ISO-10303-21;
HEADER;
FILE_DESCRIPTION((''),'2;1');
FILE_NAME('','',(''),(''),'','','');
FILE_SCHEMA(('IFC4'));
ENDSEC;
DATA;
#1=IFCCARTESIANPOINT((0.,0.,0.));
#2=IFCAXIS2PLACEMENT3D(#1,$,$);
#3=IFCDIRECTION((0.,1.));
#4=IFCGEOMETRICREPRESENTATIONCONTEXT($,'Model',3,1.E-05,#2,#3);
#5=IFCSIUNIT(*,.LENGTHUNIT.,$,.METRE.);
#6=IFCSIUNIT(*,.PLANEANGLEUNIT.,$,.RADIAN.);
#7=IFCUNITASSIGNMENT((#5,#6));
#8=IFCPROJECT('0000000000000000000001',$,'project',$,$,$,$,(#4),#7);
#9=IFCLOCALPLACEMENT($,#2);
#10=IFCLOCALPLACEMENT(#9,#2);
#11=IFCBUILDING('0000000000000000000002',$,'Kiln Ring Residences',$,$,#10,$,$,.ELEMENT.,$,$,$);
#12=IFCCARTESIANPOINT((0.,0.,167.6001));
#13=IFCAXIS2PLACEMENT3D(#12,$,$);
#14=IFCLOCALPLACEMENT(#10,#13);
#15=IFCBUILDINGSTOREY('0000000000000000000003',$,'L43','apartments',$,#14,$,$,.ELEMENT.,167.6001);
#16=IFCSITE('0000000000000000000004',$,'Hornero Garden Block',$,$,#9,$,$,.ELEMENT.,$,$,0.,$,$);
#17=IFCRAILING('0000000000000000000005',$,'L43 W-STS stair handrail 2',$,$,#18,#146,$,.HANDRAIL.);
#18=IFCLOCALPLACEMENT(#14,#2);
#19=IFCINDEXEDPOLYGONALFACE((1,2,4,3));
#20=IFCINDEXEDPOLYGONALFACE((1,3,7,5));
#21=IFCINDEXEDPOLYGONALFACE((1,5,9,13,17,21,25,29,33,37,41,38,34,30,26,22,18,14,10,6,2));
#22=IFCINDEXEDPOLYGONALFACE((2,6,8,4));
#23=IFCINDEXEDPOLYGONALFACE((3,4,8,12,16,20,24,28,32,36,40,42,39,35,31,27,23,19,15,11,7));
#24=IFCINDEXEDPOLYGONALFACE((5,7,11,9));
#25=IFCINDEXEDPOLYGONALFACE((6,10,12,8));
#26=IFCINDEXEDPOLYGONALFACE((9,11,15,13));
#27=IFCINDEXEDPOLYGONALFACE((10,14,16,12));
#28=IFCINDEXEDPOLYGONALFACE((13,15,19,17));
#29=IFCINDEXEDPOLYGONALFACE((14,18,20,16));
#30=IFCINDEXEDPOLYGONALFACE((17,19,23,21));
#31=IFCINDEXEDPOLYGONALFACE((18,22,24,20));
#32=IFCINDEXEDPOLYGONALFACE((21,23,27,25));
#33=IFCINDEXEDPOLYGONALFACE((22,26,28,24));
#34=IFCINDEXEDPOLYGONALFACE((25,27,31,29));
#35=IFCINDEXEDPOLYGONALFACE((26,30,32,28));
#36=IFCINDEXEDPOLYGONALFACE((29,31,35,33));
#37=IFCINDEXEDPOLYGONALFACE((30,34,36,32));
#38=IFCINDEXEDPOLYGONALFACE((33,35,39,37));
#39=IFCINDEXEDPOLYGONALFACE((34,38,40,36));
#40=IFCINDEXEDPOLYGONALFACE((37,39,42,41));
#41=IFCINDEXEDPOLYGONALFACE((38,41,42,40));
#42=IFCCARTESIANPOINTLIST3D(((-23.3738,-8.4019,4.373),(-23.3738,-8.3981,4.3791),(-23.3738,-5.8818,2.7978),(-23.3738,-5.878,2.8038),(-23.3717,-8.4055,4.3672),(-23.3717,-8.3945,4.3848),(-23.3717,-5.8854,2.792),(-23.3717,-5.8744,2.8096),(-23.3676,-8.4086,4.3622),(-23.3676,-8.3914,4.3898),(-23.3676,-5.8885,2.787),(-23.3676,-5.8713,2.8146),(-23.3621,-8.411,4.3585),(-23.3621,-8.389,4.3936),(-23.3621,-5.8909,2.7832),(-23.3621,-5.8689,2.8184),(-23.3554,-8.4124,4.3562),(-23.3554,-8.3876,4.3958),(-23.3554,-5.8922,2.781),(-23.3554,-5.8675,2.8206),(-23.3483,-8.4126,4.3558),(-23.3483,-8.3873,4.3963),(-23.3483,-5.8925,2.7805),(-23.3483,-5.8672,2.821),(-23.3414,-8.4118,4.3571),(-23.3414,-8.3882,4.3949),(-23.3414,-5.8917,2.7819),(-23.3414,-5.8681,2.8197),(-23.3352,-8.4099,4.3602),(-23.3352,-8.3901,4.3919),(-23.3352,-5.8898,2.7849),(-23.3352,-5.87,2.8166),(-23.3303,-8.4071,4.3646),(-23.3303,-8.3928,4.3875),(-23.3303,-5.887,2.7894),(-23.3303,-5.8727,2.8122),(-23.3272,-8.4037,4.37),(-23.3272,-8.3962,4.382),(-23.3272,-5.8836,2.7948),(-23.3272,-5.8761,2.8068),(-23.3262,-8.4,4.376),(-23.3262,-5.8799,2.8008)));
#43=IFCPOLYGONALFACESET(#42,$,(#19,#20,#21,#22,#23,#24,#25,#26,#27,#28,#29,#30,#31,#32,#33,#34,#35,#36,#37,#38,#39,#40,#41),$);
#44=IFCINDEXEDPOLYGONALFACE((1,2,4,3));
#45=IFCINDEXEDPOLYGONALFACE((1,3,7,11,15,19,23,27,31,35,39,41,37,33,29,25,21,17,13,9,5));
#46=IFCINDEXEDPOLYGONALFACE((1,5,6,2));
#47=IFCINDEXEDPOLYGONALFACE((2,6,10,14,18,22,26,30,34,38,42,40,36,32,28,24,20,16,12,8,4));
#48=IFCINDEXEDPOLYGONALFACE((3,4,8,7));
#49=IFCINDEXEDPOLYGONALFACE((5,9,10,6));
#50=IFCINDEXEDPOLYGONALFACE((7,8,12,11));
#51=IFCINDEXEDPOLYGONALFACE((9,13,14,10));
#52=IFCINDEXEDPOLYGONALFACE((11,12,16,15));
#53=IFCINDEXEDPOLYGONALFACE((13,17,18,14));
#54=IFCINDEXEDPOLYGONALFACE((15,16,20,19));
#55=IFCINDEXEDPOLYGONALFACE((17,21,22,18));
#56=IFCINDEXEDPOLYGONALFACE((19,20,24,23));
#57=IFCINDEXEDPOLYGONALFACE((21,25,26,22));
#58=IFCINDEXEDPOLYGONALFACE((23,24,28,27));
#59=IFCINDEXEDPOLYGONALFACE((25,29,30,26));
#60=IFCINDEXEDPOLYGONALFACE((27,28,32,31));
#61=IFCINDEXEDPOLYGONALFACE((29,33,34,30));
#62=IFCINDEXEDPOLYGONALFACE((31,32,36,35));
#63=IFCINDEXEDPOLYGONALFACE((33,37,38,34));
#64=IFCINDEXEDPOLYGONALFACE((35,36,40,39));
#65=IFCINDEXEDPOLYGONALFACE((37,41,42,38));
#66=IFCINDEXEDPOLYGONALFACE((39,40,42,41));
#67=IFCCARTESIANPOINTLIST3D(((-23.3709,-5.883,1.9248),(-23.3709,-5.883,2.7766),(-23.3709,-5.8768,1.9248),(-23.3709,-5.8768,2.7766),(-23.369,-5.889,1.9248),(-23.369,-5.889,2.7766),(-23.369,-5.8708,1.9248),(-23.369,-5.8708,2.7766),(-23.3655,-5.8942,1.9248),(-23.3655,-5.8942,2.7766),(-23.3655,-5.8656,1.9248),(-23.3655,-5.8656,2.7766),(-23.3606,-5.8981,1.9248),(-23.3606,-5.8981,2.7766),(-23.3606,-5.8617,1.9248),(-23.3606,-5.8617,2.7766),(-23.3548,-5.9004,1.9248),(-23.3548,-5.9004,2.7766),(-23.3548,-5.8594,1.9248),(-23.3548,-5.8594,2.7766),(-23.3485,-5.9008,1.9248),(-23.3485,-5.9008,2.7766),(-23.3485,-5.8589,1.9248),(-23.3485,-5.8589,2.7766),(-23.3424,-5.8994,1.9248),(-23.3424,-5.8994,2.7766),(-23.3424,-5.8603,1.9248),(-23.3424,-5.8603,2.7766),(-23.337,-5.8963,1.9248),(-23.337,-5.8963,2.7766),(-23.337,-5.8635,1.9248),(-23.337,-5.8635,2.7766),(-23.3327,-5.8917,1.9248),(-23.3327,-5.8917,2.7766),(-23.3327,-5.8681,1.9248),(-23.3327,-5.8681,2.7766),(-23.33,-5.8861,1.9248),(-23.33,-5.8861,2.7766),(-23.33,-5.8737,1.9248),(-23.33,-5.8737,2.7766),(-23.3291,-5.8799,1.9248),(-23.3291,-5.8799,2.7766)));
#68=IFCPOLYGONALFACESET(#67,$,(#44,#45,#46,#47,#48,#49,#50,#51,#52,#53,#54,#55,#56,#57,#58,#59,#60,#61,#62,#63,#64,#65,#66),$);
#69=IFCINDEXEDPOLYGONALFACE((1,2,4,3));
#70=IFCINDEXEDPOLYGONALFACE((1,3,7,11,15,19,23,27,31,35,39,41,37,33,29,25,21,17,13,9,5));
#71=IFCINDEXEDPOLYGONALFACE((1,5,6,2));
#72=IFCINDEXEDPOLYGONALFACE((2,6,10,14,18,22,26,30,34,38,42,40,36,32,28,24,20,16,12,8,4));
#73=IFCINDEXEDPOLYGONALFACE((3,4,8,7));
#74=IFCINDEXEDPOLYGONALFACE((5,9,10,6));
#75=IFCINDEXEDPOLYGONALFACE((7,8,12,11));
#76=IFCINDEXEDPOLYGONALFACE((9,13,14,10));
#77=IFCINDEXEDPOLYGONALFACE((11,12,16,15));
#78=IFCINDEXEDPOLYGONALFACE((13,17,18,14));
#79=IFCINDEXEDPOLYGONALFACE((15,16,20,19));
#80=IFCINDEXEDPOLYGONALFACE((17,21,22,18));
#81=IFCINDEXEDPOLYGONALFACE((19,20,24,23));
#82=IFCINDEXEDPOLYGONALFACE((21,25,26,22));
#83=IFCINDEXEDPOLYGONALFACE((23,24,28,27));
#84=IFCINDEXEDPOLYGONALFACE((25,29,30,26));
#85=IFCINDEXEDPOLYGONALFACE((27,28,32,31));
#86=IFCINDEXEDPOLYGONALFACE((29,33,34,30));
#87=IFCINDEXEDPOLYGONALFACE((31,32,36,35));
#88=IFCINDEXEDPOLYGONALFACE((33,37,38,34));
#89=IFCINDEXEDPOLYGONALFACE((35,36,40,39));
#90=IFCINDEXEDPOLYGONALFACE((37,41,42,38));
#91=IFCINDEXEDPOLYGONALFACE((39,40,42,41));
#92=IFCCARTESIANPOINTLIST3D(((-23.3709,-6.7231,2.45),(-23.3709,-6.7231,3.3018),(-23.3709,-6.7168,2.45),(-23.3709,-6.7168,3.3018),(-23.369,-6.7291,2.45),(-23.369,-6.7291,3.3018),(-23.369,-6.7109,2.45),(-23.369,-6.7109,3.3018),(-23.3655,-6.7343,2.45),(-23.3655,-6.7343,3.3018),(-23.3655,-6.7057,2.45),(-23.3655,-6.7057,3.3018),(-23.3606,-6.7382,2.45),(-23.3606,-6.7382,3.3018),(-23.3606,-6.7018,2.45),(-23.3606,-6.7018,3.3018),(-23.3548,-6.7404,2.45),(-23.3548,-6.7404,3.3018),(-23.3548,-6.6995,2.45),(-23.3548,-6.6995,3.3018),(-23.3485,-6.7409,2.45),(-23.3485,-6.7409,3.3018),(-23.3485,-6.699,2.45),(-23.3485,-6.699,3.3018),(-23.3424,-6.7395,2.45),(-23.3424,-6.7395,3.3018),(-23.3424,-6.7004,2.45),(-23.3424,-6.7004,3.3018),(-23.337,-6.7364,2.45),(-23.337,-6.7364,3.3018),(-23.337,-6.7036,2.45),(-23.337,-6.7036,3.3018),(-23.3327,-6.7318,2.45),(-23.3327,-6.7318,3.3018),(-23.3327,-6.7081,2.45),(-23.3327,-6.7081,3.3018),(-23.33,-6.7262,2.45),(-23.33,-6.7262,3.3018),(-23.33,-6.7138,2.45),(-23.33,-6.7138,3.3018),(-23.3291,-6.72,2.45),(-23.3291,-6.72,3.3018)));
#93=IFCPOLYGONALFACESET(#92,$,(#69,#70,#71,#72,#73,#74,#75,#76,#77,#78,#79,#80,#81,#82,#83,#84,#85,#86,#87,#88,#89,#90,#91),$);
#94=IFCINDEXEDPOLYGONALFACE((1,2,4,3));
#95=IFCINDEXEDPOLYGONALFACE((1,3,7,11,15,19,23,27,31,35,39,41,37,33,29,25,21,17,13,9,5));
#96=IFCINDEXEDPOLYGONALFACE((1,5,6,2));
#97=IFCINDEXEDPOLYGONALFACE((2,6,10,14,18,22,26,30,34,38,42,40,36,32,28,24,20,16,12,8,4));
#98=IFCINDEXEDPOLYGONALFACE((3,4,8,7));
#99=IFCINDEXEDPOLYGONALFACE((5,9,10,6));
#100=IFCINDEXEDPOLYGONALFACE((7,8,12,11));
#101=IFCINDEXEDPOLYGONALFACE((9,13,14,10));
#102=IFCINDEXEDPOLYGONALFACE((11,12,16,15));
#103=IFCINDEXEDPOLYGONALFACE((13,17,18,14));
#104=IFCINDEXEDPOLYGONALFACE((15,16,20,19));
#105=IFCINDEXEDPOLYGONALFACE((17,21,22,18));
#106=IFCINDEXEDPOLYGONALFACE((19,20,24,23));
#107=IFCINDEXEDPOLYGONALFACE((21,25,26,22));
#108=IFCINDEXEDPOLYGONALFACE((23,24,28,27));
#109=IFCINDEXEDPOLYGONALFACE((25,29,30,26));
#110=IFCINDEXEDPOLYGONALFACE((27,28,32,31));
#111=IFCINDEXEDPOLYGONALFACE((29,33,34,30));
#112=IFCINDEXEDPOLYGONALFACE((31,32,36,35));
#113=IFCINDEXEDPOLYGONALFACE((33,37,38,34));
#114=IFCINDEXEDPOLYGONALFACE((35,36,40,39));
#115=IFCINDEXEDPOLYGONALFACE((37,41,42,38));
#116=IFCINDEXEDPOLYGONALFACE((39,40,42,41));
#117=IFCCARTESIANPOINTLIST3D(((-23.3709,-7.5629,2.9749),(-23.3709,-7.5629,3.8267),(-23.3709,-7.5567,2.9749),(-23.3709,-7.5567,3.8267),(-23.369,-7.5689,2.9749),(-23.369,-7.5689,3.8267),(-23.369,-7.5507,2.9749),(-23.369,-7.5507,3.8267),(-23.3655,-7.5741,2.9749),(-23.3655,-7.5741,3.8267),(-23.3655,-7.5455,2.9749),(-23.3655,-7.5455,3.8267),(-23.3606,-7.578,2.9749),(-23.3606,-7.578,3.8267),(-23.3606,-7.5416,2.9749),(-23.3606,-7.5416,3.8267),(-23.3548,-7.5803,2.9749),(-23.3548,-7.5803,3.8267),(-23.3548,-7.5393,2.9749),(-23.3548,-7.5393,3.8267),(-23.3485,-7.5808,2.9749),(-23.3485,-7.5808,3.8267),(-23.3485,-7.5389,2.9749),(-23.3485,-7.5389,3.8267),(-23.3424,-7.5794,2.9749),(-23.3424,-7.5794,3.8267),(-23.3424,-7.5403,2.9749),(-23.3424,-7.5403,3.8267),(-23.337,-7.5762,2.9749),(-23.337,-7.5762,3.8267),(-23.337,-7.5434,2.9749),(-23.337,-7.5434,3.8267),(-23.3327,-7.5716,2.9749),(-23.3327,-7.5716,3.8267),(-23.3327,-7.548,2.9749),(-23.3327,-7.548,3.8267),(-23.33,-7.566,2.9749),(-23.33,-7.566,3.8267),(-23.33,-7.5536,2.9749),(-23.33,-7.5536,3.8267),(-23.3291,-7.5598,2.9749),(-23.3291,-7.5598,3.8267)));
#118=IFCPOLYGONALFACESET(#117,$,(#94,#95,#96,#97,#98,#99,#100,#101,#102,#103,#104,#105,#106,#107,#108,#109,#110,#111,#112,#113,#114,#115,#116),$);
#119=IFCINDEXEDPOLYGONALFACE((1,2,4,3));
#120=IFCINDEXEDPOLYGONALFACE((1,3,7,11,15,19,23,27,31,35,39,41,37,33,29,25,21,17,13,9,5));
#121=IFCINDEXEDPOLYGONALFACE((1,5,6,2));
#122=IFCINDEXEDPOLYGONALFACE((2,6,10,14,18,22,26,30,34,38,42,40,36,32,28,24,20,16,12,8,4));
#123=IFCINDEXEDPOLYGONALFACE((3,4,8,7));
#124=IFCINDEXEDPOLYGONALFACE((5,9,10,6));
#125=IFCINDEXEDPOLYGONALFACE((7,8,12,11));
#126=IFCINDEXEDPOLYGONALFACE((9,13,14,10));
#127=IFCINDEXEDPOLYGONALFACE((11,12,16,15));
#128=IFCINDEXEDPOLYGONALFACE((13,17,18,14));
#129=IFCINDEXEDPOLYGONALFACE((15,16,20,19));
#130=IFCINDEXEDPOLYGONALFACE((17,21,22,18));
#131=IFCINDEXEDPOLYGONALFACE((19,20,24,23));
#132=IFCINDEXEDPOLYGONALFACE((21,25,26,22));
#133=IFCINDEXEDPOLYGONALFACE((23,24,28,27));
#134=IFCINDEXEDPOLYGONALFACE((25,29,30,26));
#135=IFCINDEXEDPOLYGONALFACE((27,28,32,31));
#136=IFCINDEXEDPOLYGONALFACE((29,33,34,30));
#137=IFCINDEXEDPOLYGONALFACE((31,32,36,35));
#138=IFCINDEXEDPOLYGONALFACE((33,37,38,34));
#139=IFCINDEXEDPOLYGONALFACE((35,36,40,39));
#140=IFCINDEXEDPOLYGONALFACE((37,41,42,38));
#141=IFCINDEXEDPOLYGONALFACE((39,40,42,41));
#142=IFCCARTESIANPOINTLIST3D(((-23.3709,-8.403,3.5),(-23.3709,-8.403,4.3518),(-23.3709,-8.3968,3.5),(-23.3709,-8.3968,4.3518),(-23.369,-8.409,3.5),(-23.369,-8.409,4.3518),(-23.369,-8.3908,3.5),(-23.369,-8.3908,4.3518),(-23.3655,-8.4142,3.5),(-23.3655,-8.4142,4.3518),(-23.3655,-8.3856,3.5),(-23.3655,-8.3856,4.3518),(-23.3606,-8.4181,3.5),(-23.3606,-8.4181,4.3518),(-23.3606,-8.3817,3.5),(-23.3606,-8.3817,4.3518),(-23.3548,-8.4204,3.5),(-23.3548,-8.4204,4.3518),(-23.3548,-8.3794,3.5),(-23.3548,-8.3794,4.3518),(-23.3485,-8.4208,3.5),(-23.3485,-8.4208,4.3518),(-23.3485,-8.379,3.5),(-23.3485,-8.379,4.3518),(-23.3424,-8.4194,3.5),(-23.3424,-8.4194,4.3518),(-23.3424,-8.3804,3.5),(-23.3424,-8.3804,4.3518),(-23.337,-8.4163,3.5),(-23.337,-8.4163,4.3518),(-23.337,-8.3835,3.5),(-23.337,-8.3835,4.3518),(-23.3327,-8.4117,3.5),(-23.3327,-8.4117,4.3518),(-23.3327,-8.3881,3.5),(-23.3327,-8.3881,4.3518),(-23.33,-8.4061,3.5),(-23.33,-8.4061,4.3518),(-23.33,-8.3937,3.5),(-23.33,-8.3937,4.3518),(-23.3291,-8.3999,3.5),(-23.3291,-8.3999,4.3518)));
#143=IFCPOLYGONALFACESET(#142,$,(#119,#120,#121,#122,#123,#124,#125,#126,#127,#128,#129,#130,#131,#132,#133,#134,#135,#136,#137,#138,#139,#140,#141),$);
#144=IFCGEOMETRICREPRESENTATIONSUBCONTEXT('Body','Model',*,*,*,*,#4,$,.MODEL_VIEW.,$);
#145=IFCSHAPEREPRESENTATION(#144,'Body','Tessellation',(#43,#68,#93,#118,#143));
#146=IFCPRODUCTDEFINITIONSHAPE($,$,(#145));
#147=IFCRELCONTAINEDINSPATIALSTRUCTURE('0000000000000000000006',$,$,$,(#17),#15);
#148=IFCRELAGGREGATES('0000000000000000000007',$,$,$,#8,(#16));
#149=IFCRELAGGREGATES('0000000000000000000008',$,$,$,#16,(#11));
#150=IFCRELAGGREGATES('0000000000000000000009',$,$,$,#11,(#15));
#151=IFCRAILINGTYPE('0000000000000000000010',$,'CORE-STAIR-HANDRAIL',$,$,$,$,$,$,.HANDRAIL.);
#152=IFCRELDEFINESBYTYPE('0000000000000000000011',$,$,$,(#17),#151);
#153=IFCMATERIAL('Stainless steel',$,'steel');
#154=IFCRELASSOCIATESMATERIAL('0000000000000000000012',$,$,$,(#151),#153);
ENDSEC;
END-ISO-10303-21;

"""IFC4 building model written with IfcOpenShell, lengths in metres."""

from ifc_helpers import new_model, si_unit, direction, frame, origin, origin_2d, place, context, subcontext, project, spatial, circle, extrude, material, type_object, element, save


model = new_model("IFC4")

# Units and contexts
model_context = context("Model", 3, precision=1e-05, world=origin(), true_north=direction((0.0, 1.0)))
body_context = subcontext(model_context, "Body", "Model", "MODEL_VIEW")
ifc_project = project(units=[si_unit("LENGTHUNIT", "METRE"), si_unit("PLANEANGLEUNIT", "RADIAN")], contexts=[model_context])

# Site, building, storey
site_placement = place(None, origin())
site = spatial("IfcSite", under=ifc_project, at=site_placement, Name="Hornero Garden Block", CompositionType="ELEMENT", RefElevation=0.0)
building_placement = place(site_placement, origin())
building = spatial("IfcBuilding", under=site, at=building_placement, Name="Kiln Ring Residences", CompositionType="ELEMENT")
storey_placement = place(building_placement, frame((0.0, 0.0, 167.6001)))
storey = spatial("IfcBuildingStorey", under=building, at=storey_placement, Name="L43", Description="apartments", CompositionType="ELEMENT", Elevation=167.6001)

# Railing
ifc_material_1 = material(Name="Stainless steel", Category="steel")
railing_type_1 = type_object("IfcRailingType", Name="CORE-STAIR-HANDRAIL", PredefinedType="HANDRAIL", material=ifc_material_1)
railing_1_placement = place(storey_placement, frame((-23.3501, -5.8799, 1.9248)))
element("IfcRailing", 1, at=railing_1_placement, inside=storey, type_object=railing_type_1, Name="L43 W-STS stair handrail 2", PredefinedType="HANDRAIL", context=body_context, shape_type="SweptSolid", body=[
    extrude(circle(Radius=0.0239, at=origin_2d()), frame((0.0, 0.0, 0.876), z_axis=(0.0, -0.847971, 0.530043), x_axis=(1.0, 0.0, 0.0)), (0.0, 0.0, 1.0), 2.9719),
    extrude(circle(Radius=0.021, at=origin_2d()), origin(), (0.0, 0.0, 1.0), 0.8518),
    extrude(circle(Radius=0.021, at=origin_2d()), frame((0.0, -0.8401, 0.5251)), (0.0, 0.0, 1.0), 0.8518),
    extrude(circle(Radius=0.021, at=origin_2d()), frame((0.0, -1.6799, 1.05)), (0.0, 0.0, 1.0), 0.8518),
    extrude(circle(Radius=0.021, at=origin_2d()), frame((0.0, -2.52, 1.5752)), (0.0, 0.0, 1.0), 0.8518),
])

save(model, "model.ifc")
